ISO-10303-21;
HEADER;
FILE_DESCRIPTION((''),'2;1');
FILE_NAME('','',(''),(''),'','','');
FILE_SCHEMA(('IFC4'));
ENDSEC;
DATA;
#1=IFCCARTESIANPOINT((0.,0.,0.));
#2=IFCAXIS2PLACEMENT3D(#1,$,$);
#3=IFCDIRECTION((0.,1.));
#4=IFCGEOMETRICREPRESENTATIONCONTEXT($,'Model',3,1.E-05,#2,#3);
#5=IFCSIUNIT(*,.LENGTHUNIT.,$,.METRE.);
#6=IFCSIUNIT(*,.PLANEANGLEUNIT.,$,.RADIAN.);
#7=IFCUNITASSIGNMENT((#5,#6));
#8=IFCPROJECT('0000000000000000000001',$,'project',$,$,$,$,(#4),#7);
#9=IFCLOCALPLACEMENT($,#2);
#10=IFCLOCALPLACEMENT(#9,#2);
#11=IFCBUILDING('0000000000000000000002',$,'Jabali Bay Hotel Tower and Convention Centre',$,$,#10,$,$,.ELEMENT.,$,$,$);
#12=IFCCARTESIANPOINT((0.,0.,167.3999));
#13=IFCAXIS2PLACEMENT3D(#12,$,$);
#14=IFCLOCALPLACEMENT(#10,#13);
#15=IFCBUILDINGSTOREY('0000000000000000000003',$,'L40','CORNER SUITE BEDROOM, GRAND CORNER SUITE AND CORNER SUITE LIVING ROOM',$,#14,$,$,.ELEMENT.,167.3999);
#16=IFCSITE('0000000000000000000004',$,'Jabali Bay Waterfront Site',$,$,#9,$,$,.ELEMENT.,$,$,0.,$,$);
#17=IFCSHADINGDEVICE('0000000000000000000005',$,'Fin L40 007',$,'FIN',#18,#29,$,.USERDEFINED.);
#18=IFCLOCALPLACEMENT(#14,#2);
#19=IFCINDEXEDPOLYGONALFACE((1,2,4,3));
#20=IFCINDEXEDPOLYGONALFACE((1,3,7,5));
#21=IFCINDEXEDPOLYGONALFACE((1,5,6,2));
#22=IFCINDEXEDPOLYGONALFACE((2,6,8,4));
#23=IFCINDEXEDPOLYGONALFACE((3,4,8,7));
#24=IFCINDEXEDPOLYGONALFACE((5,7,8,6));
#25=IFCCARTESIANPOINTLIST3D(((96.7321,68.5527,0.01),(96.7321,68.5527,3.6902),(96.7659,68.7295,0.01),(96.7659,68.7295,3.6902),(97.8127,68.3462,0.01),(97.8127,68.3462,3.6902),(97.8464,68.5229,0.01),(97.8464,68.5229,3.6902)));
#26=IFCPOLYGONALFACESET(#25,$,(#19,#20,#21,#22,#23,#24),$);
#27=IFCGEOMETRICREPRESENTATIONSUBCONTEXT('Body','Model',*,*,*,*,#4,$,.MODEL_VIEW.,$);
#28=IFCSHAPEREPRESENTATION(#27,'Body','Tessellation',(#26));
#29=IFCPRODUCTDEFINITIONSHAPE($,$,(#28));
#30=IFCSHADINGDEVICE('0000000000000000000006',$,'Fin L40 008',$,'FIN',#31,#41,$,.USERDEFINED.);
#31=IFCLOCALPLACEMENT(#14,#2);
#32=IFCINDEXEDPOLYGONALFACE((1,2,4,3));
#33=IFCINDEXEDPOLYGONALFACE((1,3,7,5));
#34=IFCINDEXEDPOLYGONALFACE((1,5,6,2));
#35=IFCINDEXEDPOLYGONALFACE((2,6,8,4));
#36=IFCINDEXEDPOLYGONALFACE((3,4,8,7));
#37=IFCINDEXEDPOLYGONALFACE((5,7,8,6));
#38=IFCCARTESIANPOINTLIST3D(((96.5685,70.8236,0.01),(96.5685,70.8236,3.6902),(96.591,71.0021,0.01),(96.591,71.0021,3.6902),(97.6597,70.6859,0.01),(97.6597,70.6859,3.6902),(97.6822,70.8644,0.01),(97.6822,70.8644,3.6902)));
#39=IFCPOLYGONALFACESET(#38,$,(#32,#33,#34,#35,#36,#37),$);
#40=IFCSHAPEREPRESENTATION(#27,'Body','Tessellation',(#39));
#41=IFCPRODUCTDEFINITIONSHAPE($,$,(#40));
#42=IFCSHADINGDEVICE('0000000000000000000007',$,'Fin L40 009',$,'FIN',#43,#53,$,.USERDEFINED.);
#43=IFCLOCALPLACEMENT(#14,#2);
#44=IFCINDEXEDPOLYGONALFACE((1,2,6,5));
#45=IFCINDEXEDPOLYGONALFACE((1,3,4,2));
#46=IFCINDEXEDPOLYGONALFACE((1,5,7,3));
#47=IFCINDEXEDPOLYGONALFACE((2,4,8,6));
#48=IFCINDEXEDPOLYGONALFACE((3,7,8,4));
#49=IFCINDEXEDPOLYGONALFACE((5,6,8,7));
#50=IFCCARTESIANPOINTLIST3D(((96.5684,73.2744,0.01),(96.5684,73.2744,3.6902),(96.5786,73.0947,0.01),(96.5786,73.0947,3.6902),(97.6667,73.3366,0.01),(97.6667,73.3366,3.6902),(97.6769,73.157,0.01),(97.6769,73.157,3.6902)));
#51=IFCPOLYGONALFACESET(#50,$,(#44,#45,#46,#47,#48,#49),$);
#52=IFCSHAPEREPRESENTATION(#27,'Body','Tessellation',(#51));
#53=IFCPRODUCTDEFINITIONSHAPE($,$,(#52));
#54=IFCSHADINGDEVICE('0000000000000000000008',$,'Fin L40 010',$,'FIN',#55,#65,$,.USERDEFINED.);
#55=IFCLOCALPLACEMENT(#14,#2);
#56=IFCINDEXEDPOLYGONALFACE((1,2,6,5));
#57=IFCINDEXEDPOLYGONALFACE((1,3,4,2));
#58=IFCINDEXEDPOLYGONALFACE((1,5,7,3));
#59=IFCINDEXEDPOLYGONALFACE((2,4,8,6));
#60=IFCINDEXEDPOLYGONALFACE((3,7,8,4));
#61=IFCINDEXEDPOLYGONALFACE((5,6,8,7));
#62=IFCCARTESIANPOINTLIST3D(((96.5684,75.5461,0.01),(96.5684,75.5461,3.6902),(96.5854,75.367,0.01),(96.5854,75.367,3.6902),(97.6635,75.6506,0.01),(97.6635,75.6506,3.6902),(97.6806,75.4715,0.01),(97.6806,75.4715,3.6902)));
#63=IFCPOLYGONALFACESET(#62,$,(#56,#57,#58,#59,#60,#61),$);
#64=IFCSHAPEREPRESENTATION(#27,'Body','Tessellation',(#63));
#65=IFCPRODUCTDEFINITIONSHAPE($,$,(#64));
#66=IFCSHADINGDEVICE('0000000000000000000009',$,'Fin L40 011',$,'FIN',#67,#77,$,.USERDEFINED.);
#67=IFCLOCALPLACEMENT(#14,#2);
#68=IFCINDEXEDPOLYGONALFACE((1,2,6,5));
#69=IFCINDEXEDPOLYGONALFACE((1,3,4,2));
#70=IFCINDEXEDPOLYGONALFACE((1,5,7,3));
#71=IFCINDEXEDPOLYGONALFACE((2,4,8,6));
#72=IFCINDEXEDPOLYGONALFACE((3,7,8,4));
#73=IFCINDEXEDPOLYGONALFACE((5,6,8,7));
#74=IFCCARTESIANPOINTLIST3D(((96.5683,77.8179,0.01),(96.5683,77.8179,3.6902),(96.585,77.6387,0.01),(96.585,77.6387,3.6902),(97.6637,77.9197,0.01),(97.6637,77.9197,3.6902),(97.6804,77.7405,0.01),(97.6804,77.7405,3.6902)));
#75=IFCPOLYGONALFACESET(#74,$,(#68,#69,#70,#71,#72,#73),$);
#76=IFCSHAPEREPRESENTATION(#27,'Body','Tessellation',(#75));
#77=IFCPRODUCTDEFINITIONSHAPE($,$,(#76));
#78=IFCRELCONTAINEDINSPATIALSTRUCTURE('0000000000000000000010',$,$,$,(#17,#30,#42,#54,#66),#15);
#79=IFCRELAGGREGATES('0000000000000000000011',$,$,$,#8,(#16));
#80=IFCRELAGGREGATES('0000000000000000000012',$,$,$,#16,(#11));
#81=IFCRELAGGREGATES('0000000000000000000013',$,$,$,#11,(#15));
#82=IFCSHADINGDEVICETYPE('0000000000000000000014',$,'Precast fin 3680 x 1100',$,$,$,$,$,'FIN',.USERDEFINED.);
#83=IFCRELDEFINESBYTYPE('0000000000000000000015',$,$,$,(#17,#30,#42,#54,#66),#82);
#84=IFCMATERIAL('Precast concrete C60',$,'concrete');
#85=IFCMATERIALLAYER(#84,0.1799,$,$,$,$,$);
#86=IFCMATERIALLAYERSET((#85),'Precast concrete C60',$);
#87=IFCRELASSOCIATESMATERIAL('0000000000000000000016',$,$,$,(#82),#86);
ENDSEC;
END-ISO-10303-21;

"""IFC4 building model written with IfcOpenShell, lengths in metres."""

from ifc_helpers import new_model, si_unit, direction, frame, frame_2d, origin, place, context, subcontext, project, spatial, rectangle, extrude, material, layer, layer_set, type_object, element, save


model = new_model("IFC4")

# Units and contexts
model_context = context("Model", 3, precision=1e-05, world=origin(), true_north=direction((0.0, 1.0)))
body_context = subcontext(model_context, "Body", "Model", "MODEL_VIEW")
ifc_project = project(units=[si_unit("LENGTHUNIT", "METRE"), si_unit("PLANEANGLEUNIT", "RADIAN")], contexts=[model_context])

# Site, building, storey
site_placement = place(None, origin())
site = spatial("IfcSite", under=ifc_project, at=site_placement, Name="Jabali Bay Waterfront Site", CompositionType="ELEMENT", RefElevation=0.0)
building_placement = place(site_placement, origin())
building = spatial("IfcBuilding", under=site, at=building_placement, Name="Jabali Bay Hotel Tower and Convention Centre", CompositionType="ELEMENT")
storey_placement = place(building_placement, frame((0.0, 0.0, 167.3999)))
storey = spatial("IfcBuildingStorey", under=building, at=storey_placement, Name="L40", Description="CORNER SUITE BEDROOM, GRAND CORNER SUITE AND CORNER SUITE LIVING ROOM", CompositionType="ELEMENT", Elevation=167.3999)

# Shading devices
ifc_material_1 = material(Name="Precast concrete C60", Category="concrete")
ifc_layer_1 = layer(ifc_material_1, 0.1799)
ifc_layer_set_1 = layer_set([ifc_layer_1], Name="Precast concrete C60")
shading_device_type = type_object("IfcShadingDeviceType", Name="Precast fin 3680 x 1100", ElementType="FIN", PredefinedType="USERDEFINED", material=ifc_layer_set_1)
shading_device_1_placement = place(storey_placement, frame((96.749, 68.6411, 0.01), z_axis=(0.0, 0.0, 1.0), x_axis=(0.982218, -0.187744, 0.0)))
element("IfcShadingDevice", 1, at=shading_device_1_placement, inside=storey, type_object=shading_device_type, Name="Fin L40 007", ObjectType="FIN", PredefinedType="USERDEFINED", context=body_context, shape_type="SweptSolid", body=[
    extrude(rectangle(XDim=1.1001, YDim=0.1799, at=frame_2d((0.55, 0.0))), origin(), (0.0, 0.0, 1.0), 3.6802),
])
shading_device_2_placement = place(storey_placement, frame((96.5798, 70.9128, 0.01), z_axis=(0.0, 0.0, 1.0), x_axis=(0.992134, -0.125182, 0.0)))
element("IfcShadingDevice", 2, at=shading_device_2_placement, inside=storey, type_object=shading_device_type, Name="Fin L40 008", ObjectType="FIN", PredefinedType="USERDEFINED", context=body_context, shape_type="SweptSolid", body=[
    extrude(rectangle(XDim=1.0999, YDim=0.1799, at=frame_2d((0.5498, 0.0))), origin(), (0.0, 0.0, 1.0), 3.6802),
])
for number, where, z_axis, x_axis, name in (
    (3, (96.5735, 73.1846, 0.01), (0.0, 0.0, 1.0), (0.998398, 0.056588, 0.0), "Fin L40 009"),
    (4, (96.5769, 75.4565, 0.01), (0.0, 0.0, 1.0), (0.99548, 0.094977, 0.0), "Fin L40 010"),
    (5, (96.5767, 77.7283, 0.01), (0.0, 0.0, 1.0), (0.995709, 0.092536, 0.0), "Fin L40 011"),
):
    element("IfcShadingDevice", number, at=place(storey_placement, frame(where, z_axis=z_axis, x_axis=x_axis)), inside=storey, type_object=shading_device_type, Name=name, ObjectType="FIN", PredefinedType="USERDEFINED", context=body_context, shape_type="SweptSolid", body=[
        extrude(rectangle(XDim=1.1001, YDim=0.1799, at=frame_2d((0.55, 0.0))), origin(), (0.0, 0.0, 1.0), 3.6802),
    ])

save(model, "model.ifc")
